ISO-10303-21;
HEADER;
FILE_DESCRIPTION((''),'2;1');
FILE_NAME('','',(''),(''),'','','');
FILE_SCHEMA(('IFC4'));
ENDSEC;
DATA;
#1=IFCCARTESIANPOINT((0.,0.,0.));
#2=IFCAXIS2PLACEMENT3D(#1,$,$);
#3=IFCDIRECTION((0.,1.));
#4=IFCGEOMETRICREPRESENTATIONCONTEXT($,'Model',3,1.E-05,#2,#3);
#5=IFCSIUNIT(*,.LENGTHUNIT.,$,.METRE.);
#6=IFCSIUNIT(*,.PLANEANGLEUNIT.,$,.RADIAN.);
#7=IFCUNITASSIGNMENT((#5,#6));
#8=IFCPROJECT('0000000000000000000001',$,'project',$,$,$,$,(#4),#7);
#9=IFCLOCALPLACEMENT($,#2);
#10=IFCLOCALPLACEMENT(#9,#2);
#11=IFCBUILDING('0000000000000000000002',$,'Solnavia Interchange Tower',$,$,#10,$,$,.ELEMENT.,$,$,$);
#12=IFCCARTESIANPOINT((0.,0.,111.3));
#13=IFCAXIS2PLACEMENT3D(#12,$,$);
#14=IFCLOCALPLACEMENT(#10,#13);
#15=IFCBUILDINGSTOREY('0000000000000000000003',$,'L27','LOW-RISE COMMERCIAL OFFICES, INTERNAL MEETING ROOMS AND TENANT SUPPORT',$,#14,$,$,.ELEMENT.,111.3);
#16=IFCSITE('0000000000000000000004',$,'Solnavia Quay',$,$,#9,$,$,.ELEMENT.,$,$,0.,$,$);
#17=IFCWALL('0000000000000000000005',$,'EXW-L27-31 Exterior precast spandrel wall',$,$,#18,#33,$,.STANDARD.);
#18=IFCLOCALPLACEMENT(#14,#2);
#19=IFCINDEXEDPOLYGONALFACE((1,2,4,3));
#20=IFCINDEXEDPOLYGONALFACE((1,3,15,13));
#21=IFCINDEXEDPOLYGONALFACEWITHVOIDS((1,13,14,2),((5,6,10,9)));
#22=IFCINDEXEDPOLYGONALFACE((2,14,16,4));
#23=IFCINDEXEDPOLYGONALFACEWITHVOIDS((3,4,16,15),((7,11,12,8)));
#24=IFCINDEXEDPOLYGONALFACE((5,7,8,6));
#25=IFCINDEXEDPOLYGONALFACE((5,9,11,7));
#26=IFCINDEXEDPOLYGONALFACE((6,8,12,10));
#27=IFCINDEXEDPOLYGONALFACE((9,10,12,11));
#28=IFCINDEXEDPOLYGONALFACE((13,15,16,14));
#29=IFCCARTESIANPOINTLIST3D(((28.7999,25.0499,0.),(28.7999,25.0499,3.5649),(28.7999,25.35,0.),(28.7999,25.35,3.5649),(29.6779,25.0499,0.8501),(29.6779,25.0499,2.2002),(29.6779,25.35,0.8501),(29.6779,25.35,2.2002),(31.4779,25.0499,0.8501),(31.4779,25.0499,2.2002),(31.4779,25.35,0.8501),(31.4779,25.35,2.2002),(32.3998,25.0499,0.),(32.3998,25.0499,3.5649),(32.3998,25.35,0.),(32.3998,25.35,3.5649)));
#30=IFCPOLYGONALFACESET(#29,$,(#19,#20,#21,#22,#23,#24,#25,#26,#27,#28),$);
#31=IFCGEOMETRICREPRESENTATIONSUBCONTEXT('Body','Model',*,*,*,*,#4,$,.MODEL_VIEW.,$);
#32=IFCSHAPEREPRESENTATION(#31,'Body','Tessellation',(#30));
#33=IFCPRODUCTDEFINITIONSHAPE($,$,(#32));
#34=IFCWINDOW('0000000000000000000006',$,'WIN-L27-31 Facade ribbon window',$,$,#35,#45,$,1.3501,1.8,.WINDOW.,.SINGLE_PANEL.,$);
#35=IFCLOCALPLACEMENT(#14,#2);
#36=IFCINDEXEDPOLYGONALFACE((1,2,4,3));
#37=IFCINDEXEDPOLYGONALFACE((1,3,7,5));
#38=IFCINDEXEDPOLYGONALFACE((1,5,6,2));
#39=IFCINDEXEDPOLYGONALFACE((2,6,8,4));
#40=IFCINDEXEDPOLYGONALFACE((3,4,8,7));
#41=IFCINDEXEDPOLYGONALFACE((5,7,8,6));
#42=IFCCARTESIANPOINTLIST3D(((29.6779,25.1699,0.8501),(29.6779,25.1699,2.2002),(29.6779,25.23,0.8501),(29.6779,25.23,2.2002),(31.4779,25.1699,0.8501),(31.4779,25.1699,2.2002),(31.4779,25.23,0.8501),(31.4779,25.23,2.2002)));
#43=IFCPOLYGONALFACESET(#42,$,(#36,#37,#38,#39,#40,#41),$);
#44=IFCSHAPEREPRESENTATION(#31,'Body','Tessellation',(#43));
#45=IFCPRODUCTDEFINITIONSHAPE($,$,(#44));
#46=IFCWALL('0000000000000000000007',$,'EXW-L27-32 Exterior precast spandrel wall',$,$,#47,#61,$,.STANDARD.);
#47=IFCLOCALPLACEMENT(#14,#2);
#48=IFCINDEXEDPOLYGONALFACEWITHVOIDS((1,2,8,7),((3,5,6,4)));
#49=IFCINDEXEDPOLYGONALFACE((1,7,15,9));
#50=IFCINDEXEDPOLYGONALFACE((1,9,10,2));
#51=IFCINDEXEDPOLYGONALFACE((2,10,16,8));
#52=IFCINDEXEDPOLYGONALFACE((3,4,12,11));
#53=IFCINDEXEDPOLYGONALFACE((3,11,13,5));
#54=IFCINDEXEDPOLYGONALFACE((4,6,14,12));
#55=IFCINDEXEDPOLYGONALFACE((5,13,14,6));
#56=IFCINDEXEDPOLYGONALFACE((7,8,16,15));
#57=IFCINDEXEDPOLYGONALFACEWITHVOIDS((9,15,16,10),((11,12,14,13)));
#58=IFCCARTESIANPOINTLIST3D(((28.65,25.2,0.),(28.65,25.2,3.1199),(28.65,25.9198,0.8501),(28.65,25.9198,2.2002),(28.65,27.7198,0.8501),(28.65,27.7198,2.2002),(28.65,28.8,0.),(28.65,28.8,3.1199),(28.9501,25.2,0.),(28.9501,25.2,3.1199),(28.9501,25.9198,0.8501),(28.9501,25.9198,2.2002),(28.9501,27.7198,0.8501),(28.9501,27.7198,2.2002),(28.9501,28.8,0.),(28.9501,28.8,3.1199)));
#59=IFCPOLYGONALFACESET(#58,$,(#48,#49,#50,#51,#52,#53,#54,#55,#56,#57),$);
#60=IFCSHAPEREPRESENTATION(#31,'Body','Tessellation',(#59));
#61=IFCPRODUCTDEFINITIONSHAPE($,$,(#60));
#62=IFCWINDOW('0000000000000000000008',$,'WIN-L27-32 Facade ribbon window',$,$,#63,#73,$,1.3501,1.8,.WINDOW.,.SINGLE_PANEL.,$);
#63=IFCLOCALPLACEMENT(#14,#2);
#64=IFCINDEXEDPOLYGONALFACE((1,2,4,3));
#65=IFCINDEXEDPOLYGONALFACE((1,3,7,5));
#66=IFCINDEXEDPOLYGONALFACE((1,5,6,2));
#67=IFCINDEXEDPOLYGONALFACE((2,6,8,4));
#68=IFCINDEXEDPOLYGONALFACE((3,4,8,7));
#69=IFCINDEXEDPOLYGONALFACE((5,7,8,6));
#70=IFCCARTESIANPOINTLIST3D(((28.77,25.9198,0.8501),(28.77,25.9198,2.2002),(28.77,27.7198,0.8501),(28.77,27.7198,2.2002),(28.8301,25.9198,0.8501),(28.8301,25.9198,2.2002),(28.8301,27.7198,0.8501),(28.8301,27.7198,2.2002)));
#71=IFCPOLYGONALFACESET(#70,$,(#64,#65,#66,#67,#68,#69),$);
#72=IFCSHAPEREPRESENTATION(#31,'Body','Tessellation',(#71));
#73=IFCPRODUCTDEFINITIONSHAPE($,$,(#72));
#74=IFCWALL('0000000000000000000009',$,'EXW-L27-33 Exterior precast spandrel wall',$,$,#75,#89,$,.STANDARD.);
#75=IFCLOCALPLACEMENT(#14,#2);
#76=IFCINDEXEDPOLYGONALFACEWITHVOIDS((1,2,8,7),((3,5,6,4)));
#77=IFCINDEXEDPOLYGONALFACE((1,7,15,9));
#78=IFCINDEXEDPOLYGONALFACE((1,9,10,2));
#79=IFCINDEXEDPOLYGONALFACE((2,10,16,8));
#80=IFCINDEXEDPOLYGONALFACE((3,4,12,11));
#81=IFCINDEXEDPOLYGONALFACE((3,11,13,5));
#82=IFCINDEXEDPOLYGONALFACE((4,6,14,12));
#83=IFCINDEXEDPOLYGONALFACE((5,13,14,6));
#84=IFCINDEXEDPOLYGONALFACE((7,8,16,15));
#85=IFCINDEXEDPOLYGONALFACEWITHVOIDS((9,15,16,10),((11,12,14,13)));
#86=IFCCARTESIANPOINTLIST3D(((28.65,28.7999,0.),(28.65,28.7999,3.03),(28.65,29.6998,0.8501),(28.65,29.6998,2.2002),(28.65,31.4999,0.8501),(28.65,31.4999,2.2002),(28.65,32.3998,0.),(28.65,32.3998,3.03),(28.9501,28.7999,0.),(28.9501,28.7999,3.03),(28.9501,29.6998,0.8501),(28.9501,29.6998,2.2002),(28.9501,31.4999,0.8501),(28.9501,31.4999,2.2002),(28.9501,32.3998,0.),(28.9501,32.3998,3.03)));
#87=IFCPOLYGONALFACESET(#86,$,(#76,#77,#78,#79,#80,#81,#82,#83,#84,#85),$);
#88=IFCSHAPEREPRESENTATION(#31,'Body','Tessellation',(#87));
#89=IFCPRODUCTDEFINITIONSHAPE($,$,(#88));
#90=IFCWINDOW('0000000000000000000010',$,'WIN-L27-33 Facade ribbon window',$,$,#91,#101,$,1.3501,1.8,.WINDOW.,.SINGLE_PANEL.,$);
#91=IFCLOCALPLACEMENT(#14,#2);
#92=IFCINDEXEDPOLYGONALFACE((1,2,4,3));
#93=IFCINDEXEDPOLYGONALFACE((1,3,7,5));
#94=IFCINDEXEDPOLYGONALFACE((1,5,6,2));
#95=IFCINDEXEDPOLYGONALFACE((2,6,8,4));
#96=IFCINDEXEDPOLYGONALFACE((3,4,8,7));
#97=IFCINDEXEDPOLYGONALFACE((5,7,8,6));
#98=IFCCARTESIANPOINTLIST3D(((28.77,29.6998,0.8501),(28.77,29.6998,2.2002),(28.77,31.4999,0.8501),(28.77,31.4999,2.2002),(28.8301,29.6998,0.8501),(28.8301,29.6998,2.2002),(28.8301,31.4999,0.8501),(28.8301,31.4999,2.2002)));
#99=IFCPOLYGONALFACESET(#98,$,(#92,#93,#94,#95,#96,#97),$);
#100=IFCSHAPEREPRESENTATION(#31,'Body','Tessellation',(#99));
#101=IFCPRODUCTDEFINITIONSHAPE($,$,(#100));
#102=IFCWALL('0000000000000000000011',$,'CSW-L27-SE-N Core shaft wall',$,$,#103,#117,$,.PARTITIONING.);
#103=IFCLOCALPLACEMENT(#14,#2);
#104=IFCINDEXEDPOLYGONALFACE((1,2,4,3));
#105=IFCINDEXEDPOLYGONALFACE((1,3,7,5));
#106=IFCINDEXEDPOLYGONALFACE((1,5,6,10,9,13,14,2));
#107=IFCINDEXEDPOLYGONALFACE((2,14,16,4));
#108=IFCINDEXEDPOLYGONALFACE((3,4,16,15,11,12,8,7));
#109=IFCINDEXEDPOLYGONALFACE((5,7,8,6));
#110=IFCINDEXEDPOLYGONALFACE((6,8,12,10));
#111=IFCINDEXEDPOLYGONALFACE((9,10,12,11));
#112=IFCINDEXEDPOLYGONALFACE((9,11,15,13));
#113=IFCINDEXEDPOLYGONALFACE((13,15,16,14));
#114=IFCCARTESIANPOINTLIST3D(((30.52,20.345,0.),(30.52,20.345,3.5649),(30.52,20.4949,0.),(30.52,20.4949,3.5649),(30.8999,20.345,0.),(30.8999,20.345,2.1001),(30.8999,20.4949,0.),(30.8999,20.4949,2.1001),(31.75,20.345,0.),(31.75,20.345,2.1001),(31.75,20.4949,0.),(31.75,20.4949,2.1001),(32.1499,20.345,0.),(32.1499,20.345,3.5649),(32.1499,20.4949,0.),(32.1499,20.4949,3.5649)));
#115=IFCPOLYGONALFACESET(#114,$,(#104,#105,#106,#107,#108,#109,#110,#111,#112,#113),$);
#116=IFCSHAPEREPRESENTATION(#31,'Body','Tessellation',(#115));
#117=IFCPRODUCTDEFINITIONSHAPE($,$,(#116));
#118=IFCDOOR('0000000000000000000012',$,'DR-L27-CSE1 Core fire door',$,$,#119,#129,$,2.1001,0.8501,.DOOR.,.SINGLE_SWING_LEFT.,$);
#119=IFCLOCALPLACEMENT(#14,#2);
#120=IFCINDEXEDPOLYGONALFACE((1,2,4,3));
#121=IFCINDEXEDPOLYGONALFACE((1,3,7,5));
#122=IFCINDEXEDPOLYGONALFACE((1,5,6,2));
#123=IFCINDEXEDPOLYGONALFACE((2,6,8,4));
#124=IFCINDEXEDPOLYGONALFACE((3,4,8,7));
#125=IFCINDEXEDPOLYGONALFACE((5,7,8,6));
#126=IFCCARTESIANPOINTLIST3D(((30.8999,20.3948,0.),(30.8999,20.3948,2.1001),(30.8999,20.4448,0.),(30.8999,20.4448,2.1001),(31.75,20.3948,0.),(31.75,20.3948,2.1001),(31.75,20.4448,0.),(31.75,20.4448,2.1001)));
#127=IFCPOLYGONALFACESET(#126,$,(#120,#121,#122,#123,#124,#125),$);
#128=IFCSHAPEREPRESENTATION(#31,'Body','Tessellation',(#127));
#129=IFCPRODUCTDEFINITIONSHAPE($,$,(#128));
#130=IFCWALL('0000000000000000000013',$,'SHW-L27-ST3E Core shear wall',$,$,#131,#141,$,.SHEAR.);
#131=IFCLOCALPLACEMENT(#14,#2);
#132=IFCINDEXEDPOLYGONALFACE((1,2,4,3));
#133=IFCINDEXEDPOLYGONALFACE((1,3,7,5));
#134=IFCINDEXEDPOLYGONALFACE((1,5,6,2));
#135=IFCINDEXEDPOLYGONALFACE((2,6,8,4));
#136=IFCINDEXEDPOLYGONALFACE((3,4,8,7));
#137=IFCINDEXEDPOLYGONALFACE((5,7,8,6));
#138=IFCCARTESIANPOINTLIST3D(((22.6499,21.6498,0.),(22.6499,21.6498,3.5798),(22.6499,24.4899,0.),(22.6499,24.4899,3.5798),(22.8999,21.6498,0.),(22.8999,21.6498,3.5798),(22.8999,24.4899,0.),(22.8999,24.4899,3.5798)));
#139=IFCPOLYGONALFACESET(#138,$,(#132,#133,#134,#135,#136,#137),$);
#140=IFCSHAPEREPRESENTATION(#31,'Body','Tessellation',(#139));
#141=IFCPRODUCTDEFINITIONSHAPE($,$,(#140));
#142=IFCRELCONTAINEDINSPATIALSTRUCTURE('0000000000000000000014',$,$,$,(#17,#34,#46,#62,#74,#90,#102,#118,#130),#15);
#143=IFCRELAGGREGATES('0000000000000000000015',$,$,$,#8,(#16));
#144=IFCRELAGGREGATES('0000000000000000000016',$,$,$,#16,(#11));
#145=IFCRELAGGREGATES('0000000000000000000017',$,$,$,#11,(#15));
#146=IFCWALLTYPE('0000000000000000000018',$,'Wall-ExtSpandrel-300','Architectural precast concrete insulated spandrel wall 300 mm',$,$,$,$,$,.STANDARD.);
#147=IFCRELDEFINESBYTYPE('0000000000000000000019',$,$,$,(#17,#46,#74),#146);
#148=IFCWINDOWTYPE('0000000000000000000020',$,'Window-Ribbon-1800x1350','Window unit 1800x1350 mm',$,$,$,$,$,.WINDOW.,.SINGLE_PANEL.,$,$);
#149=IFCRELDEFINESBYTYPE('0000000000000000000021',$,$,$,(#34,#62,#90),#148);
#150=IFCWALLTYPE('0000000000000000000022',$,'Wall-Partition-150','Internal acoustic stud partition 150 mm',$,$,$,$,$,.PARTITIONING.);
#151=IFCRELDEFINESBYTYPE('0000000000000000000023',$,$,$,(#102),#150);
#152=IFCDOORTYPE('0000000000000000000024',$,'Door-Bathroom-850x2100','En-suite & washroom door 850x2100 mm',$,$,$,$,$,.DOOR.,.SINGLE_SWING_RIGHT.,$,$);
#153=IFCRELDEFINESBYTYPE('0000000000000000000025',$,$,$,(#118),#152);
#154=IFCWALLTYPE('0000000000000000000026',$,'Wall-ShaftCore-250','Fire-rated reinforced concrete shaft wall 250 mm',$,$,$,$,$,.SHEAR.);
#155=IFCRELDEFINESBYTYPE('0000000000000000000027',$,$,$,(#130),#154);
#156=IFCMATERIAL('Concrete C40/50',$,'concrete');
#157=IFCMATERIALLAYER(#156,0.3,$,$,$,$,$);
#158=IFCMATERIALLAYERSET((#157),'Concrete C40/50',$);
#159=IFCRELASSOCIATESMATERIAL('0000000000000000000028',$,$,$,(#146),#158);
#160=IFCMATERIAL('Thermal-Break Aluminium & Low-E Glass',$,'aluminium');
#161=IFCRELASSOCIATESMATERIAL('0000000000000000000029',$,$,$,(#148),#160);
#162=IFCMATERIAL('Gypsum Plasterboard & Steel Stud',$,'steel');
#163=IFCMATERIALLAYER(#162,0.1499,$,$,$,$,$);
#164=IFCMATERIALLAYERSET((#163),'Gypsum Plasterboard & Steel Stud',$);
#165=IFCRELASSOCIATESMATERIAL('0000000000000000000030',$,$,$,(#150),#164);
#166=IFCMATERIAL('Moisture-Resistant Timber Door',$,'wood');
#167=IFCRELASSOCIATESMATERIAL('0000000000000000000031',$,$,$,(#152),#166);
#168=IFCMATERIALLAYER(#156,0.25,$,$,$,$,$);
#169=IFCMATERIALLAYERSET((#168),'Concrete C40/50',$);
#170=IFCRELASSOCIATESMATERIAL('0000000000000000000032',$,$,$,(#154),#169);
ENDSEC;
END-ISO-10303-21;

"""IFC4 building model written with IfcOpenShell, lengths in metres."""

from ifc_helpers import new_model, si_unit, direction, frame, frame_2d, origin, place, context, subcontext, project, spatial, rectangle, extrude, material, layer, layer_set, type_object, element, fill, save


model = new_model("IFC4")

# Units and contexts
model_context = context("Model", 3, precision=1e-05, world=origin(), true_north=direction((0.0, 1.0)))
body_context = subcontext(model_context, "Body", "Model", "MODEL_VIEW")
ifc_project = project(units=[si_unit("LENGTHUNIT", "METRE"), si_unit("PLANEANGLEUNIT", "RADIAN")], contexts=[model_context])

# Site, building, storey
site_placement = place(None, origin())
site = spatial("IfcSite", under=ifc_project, at=site_placement, Name="Solnavia Quay", CompositionType="ELEMENT", RefElevation=0.0)
building_placement = place(site_placement, origin())
building = spatial("IfcBuilding", under=site, at=building_placement, Name="Solnavia Interchange Tower", CompositionType="ELEMENT")
storey_placement = place(building_placement, frame((0.0, 0.0, 111.3)))
storey = spatial("IfcBuildingStorey", under=building, at=storey_placement, Name="L27", Description="LOW-RISE COMMERCIAL OFFICES, INTERNAL MEETING ROOMS AND TENANT SUPPORT", CompositionType="ELEMENT", Elevation=111.3)

# Shared definitions
ifc_material_1 = material(Name="Concrete C40/50", Category="concrete")
ifc_layer_1 = layer(ifc_material_1, 0.3)
ifc_layer_set_1 = layer_set([ifc_layer_1], Name="Concrete C40/50")
wall_type_1 = type_object("IfcWallType", Name="Wall-ExtSpandrel-300", Description="Architectural precast concrete insulated spandrel wall 300 mm", PredefinedType="STANDARD", material=ifc_layer_set_1)

# Walls, openings, windows
wall_1_placement = place(storey_placement, frame((28.8, 25.2, 0.0), z_axis=(0.0, 0.0, 1.0), x_axis=(1.0, 0.0, 0.0)))
wall_1 = element("IfcWall", 1, at=wall_1_placement, inside=storey, type_object=wall_type_1, Name="EXW-L27-31 Exterior precast spandrel wall", PredefinedType="STANDARD", context=body_context, shape_type="SweptSolid", body=[
    extrude(rectangle(XDim=3.5999, YDim=0.3, at=frame_2d((1.7998, 0.0))), origin(), (0.0, 0.0, 1.0), 3.5649),
])
opening_1_placement = place(wall_1_placement, frame((0.8779, 0.0, 0.8501)))
opening_1 = element("IfcOpeningElement", 2, at=opening_1_placement, cuts=wall_1, PredefinedType="OPENING", context=body_context, shape_type="SweptSolid", body=[
    extrude(rectangle(XDim=1.8, YDim=1.3501, at=frame_2d((0.8999, 0.675))), frame((0.0, 0.1602, 0.0), z_axis=(0.0, -1.0, 0.0), x_axis=(1.0, 0.0, 0.0)), (0.0, 0.0, 1.0), 0.3201),
])
ifc_material_2 = material(Name="Thermal-Break Aluminium & Low-E Glass", Category="aluminium")
window_type = type_object("IfcWindowType", Name="Window-Ribbon-1800x1350", Description="Window unit 1800x1350 mm", PartitioningType="SINGLE_PANEL", PredefinedType="WINDOW", material=ifc_material_2)
window_1_placement = place(opening_1_placement, origin())
window_1 = element("IfcWindow", 3, at=window_1_placement, inside=storey, type_object=window_type, Name="WIN-L27-31 Facade ribbon window", OverallHeight=1.3501, OverallWidth=1.8, PartitioningType="SINGLE_PANEL", PredefinedType="WINDOW", context=body_context, shape_type="SweptSolid", body=[
    extrude(rectangle(XDim=1.8, YDim=1.3501, at=frame_2d((0.8999, 0.675))), frame((0.0, 0.03, 0.0), z_axis=(0.0, -1.0, 0.0), x_axis=(1.0, 0.0, 0.0)), (0.0, 0.0, 1.0), 0.0601),
])
fill(opening_1, window_1)
wall_2_placement = place(storey_placement, frame((28.8, 25.2, 0.0), z_axis=(0.0, 0.0, 1.0), x_axis=(0.0, 1.0, 0.0)))
wall_2 = element("IfcWall", 4, at=wall_2_placement, inside=storey, type_object=wall_type_1, Name="EXW-L27-32 Exterior precast spandrel wall", PredefinedType="STANDARD", context=body_context, shape_type="SweptSolid", body=[
    extrude(rectangle(XDim=3.6001, YDim=0.3, at=frame_2d((1.8, 0.0))), origin(), (0.0, 0.0, 1.0), 3.1199),
])
opening_2_placement = place(wall_2_placement, frame((0.72, 0.0, 0.8501)))
opening_2 = element("IfcOpeningElement", 5, at=opening_2_placement, cuts=wall_2, PredefinedType="OPENING", context=body_context, shape_type="SweptSolid", body=[
    extrude(rectangle(XDim=1.8, YDim=1.3501, at=frame_2d((0.8999, 0.675))), frame((0.0, 0.1602, 0.0), z_axis=(0.0, -1.0, 0.0), x_axis=(1.0, 0.0, 0.0)), (0.0, 0.0, 1.0), 0.3201),
])
window_2_placement = place(opening_2_placement, origin())
window_2 = element("IfcWindow", 6, at=window_2_placement, inside=storey, type_object=window_type, Name="WIN-L27-32 Facade ribbon window", OverallHeight=1.3501, OverallWidth=1.8, PartitioningType="SINGLE_PANEL", PredefinedType="WINDOW", context=body_context, shape_type="SweptSolid", body=[
    extrude(rectangle(XDim=1.8, YDim=1.3501, at=frame_2d((0.8999, 0.675))), frame((0.0, 0.03, 0.0), z_axis=(0.0, -1.0, 0.0), x_axis=(1.0, 0.0, 0.0)), (0.0, 0.0, 1.0), 0.0601),
])
fill(opening_2, window_2)
wall_3_placement = place(storey_placement, frame((28.8, 28.8, 0.0), z_axis=(0.0, 0.0, 1.0), x_axis=(0.0, 1.0, 0.0)))
wall_3 = element("IfcWall", 7, at=wall_3_placement, inside=storey, type_object=wall_type_1, Name="EXW-L27-33 Exterior precast spandrel wall", PredefinedType="STANDARD", context=body_context, shape_type="SweptSolid", body=[
    extrude(rectangle(XDim=3.5999, YDim=0.3, at=frame_2d((1.7998, 0.0))), origin(), (0.0, 0.0, 1.0), 3.03),
])
opening_3_placement = place(wall_3_placement, frame((0.8999, 0.0, 0.8501)))
opening_3 = element("IfcOpeningElement", 8, at=opening_3_placement, cuts=wall_3, PredefinedType="OPENING", context=body_context, shape_type="SweptSolid", body=[
    extrude(rectangle(XDim=1.8, YDim=1.3501, at=frame_2d((0.8999, 0.675))), frame((0.0, 0.1602, 0.0), z_axis=(0.0, -1.0, 0.0), x_axis=(1.0, 0.0, 0.0)), (0.0, 0.0, 1.0), 0.3201),
])
window_3_placement = place(opening_3_placement, origin())
window_3 = element("IfcWindow", 9, at=window_3_placement, inside=storey, type_object=window_type, Name="WIN-L27-33 Facade ribbon window", OverallHeight=1.3501, OverallWidth=1.8, PartitioningType="SINGLE_PANEL", PredefinedType="WINDOW", context=body_context, shape_type="SweptSolid", body=[
    extrude(rectangle(XDim=1.8, YDim=1.3501, at=frame_2d((0.8999, 0.675))), frame((0.0, 0.03, 0.0), z_axis=(0.0, -1.0, 0.0), x_axis=(1.0, 0.0, 0.0)), (0.0, 0.0, 1.0), 0.0601),
])
fill(opening_3, window_3)

# Wall, opening, door
ifc_material_3 = material(Name="Gypsum Plasterboard & Steel Stud", Category="steel")
ifc_layer_2 = layer(ifc_material_3, 0.1499)
ifc_layer_set_2 = layer_set([ifc_layer_2], Name="Gypsum Plasterboard & Steel Stud")
wall_type_2 = type_object("IfcWallType", Name="Wall-Partition-150", Description="Internal acoustic stud partition 150 mm", PredefinedType="PARTITIONING", material=ifc_layer_set_2)
wall_4_placement = place(storey_placement, frame((30.52, 20.4199, 0.0), z_axis=(0.0, 0.0, 1.0), x_axis=(1.0, 0.0, 0.0)))
wall_4 = element("IfcWall", 10, at=wall_4_placement, inside=storey, type_object=wall_type_2, Name="CSW-L27-SE-N Core shaft wall", PredefinedType="PARTITIONING", context=body_context, shape_type="SweptSolid", body=[
    extrude(rectangle(XDim=1.6299, YDim=0.1499, at=frame_2d((0.8149, 0.0))), origin(), (0.0, 0.0, 1.0), 3.5649),
])
opening_4_placement = place(wall_4_placement, frame((0.3799, 0.0, 0.0)))
opening_4 = element("IfcOpeningElement", 11, at=opening_4_placement, cuts=wall_4, PredefinedType="OPENING", context=body_context, shape_type="SweptSolid", body=[
    extrude(rectangle(XDim=0.8501, YDim=2.1001, at=frame_2d((0.425, 1.05))), frame((0.0, 0.085, 0.0), z_axis=(0.0, -1.0, 0.0), x_axis=(1.0, 0.0, 0.0)), (0.0, 0.0, 1.0), 0.1699),
])
ifc_material_4 = material(Name="Moisture-Resistant Timber Door", Category="wood")
door_type_1 = type_object("IfcDoorType", Name="Door-Bathroom-850x2100", Description="En-suite & washroom door 850x2100 mm", OperationType="SINGLE_SWING_RIGHT", PredefinedType="DOOR", material=ifc_material_4)
door_1_placement = place(opening_4_placement, origin())
door_1 = element("IfcDoor", 12, at=door_1_placement, inside=storey, type_object=door_type_1, Name="DR-L27-CSE1 Core fire door", OperationType="SINGLE_SWING_LEFT", OverallHeight=2.1001, OverallWidth=0.8501, PredefinedType="DOOR", context=body_context, shape_type="SweptSolid", body=[
    extrude(rectangle(XDim=0.8501, YDim=2.1001, at=frame_2d((0.425, 1.05))), frame((0.0, 0.0249, 0.0), z_axis=(0.0, -1.0, 0.0), x_axis=(1.0, 0.0, 0.0)), (0.0, 0.0, 1.0), 0.05),
])
fill(opening_4, door_1)

# Wall
ifc_layer_3 = layer(ifc_material_1, 0.25)
ifc_layer_set_3 = layer_set([ifc_layer_3], Name="Concrete C40/50")
wall_type_3 = type_object("IfcWallType", Name="Wall-ShaftCore-250", Description="Fire-rated reinforced concrete shaft wall 250 mm", PredefinedType="SHEAR", material=ifc_layer_set_3)
wall_5_placement = place(storey_placement, frame((22.7749, 21.6499, 0.0), z_axis=(0.0, 0.0, 1.0), x_axis=(0.0, 1.0, 0.0)))
element("IfcWall", 13, at=wall_5_placement, inside=storey, type_object=wall_type_3, Name="SHW-L27-ST3E Core shear wall", PredefinedType="SHEAR", context=body_context, shape_type="SweptSolid", body=[
    extrude(rectangle(XDim=2.8401, YDim=0.25, at=frame_2d((1.4199, 0.0))), origin(), (0.0, 0.0, 1.0), 3.5798),
])

save(model, "model.ifc")
